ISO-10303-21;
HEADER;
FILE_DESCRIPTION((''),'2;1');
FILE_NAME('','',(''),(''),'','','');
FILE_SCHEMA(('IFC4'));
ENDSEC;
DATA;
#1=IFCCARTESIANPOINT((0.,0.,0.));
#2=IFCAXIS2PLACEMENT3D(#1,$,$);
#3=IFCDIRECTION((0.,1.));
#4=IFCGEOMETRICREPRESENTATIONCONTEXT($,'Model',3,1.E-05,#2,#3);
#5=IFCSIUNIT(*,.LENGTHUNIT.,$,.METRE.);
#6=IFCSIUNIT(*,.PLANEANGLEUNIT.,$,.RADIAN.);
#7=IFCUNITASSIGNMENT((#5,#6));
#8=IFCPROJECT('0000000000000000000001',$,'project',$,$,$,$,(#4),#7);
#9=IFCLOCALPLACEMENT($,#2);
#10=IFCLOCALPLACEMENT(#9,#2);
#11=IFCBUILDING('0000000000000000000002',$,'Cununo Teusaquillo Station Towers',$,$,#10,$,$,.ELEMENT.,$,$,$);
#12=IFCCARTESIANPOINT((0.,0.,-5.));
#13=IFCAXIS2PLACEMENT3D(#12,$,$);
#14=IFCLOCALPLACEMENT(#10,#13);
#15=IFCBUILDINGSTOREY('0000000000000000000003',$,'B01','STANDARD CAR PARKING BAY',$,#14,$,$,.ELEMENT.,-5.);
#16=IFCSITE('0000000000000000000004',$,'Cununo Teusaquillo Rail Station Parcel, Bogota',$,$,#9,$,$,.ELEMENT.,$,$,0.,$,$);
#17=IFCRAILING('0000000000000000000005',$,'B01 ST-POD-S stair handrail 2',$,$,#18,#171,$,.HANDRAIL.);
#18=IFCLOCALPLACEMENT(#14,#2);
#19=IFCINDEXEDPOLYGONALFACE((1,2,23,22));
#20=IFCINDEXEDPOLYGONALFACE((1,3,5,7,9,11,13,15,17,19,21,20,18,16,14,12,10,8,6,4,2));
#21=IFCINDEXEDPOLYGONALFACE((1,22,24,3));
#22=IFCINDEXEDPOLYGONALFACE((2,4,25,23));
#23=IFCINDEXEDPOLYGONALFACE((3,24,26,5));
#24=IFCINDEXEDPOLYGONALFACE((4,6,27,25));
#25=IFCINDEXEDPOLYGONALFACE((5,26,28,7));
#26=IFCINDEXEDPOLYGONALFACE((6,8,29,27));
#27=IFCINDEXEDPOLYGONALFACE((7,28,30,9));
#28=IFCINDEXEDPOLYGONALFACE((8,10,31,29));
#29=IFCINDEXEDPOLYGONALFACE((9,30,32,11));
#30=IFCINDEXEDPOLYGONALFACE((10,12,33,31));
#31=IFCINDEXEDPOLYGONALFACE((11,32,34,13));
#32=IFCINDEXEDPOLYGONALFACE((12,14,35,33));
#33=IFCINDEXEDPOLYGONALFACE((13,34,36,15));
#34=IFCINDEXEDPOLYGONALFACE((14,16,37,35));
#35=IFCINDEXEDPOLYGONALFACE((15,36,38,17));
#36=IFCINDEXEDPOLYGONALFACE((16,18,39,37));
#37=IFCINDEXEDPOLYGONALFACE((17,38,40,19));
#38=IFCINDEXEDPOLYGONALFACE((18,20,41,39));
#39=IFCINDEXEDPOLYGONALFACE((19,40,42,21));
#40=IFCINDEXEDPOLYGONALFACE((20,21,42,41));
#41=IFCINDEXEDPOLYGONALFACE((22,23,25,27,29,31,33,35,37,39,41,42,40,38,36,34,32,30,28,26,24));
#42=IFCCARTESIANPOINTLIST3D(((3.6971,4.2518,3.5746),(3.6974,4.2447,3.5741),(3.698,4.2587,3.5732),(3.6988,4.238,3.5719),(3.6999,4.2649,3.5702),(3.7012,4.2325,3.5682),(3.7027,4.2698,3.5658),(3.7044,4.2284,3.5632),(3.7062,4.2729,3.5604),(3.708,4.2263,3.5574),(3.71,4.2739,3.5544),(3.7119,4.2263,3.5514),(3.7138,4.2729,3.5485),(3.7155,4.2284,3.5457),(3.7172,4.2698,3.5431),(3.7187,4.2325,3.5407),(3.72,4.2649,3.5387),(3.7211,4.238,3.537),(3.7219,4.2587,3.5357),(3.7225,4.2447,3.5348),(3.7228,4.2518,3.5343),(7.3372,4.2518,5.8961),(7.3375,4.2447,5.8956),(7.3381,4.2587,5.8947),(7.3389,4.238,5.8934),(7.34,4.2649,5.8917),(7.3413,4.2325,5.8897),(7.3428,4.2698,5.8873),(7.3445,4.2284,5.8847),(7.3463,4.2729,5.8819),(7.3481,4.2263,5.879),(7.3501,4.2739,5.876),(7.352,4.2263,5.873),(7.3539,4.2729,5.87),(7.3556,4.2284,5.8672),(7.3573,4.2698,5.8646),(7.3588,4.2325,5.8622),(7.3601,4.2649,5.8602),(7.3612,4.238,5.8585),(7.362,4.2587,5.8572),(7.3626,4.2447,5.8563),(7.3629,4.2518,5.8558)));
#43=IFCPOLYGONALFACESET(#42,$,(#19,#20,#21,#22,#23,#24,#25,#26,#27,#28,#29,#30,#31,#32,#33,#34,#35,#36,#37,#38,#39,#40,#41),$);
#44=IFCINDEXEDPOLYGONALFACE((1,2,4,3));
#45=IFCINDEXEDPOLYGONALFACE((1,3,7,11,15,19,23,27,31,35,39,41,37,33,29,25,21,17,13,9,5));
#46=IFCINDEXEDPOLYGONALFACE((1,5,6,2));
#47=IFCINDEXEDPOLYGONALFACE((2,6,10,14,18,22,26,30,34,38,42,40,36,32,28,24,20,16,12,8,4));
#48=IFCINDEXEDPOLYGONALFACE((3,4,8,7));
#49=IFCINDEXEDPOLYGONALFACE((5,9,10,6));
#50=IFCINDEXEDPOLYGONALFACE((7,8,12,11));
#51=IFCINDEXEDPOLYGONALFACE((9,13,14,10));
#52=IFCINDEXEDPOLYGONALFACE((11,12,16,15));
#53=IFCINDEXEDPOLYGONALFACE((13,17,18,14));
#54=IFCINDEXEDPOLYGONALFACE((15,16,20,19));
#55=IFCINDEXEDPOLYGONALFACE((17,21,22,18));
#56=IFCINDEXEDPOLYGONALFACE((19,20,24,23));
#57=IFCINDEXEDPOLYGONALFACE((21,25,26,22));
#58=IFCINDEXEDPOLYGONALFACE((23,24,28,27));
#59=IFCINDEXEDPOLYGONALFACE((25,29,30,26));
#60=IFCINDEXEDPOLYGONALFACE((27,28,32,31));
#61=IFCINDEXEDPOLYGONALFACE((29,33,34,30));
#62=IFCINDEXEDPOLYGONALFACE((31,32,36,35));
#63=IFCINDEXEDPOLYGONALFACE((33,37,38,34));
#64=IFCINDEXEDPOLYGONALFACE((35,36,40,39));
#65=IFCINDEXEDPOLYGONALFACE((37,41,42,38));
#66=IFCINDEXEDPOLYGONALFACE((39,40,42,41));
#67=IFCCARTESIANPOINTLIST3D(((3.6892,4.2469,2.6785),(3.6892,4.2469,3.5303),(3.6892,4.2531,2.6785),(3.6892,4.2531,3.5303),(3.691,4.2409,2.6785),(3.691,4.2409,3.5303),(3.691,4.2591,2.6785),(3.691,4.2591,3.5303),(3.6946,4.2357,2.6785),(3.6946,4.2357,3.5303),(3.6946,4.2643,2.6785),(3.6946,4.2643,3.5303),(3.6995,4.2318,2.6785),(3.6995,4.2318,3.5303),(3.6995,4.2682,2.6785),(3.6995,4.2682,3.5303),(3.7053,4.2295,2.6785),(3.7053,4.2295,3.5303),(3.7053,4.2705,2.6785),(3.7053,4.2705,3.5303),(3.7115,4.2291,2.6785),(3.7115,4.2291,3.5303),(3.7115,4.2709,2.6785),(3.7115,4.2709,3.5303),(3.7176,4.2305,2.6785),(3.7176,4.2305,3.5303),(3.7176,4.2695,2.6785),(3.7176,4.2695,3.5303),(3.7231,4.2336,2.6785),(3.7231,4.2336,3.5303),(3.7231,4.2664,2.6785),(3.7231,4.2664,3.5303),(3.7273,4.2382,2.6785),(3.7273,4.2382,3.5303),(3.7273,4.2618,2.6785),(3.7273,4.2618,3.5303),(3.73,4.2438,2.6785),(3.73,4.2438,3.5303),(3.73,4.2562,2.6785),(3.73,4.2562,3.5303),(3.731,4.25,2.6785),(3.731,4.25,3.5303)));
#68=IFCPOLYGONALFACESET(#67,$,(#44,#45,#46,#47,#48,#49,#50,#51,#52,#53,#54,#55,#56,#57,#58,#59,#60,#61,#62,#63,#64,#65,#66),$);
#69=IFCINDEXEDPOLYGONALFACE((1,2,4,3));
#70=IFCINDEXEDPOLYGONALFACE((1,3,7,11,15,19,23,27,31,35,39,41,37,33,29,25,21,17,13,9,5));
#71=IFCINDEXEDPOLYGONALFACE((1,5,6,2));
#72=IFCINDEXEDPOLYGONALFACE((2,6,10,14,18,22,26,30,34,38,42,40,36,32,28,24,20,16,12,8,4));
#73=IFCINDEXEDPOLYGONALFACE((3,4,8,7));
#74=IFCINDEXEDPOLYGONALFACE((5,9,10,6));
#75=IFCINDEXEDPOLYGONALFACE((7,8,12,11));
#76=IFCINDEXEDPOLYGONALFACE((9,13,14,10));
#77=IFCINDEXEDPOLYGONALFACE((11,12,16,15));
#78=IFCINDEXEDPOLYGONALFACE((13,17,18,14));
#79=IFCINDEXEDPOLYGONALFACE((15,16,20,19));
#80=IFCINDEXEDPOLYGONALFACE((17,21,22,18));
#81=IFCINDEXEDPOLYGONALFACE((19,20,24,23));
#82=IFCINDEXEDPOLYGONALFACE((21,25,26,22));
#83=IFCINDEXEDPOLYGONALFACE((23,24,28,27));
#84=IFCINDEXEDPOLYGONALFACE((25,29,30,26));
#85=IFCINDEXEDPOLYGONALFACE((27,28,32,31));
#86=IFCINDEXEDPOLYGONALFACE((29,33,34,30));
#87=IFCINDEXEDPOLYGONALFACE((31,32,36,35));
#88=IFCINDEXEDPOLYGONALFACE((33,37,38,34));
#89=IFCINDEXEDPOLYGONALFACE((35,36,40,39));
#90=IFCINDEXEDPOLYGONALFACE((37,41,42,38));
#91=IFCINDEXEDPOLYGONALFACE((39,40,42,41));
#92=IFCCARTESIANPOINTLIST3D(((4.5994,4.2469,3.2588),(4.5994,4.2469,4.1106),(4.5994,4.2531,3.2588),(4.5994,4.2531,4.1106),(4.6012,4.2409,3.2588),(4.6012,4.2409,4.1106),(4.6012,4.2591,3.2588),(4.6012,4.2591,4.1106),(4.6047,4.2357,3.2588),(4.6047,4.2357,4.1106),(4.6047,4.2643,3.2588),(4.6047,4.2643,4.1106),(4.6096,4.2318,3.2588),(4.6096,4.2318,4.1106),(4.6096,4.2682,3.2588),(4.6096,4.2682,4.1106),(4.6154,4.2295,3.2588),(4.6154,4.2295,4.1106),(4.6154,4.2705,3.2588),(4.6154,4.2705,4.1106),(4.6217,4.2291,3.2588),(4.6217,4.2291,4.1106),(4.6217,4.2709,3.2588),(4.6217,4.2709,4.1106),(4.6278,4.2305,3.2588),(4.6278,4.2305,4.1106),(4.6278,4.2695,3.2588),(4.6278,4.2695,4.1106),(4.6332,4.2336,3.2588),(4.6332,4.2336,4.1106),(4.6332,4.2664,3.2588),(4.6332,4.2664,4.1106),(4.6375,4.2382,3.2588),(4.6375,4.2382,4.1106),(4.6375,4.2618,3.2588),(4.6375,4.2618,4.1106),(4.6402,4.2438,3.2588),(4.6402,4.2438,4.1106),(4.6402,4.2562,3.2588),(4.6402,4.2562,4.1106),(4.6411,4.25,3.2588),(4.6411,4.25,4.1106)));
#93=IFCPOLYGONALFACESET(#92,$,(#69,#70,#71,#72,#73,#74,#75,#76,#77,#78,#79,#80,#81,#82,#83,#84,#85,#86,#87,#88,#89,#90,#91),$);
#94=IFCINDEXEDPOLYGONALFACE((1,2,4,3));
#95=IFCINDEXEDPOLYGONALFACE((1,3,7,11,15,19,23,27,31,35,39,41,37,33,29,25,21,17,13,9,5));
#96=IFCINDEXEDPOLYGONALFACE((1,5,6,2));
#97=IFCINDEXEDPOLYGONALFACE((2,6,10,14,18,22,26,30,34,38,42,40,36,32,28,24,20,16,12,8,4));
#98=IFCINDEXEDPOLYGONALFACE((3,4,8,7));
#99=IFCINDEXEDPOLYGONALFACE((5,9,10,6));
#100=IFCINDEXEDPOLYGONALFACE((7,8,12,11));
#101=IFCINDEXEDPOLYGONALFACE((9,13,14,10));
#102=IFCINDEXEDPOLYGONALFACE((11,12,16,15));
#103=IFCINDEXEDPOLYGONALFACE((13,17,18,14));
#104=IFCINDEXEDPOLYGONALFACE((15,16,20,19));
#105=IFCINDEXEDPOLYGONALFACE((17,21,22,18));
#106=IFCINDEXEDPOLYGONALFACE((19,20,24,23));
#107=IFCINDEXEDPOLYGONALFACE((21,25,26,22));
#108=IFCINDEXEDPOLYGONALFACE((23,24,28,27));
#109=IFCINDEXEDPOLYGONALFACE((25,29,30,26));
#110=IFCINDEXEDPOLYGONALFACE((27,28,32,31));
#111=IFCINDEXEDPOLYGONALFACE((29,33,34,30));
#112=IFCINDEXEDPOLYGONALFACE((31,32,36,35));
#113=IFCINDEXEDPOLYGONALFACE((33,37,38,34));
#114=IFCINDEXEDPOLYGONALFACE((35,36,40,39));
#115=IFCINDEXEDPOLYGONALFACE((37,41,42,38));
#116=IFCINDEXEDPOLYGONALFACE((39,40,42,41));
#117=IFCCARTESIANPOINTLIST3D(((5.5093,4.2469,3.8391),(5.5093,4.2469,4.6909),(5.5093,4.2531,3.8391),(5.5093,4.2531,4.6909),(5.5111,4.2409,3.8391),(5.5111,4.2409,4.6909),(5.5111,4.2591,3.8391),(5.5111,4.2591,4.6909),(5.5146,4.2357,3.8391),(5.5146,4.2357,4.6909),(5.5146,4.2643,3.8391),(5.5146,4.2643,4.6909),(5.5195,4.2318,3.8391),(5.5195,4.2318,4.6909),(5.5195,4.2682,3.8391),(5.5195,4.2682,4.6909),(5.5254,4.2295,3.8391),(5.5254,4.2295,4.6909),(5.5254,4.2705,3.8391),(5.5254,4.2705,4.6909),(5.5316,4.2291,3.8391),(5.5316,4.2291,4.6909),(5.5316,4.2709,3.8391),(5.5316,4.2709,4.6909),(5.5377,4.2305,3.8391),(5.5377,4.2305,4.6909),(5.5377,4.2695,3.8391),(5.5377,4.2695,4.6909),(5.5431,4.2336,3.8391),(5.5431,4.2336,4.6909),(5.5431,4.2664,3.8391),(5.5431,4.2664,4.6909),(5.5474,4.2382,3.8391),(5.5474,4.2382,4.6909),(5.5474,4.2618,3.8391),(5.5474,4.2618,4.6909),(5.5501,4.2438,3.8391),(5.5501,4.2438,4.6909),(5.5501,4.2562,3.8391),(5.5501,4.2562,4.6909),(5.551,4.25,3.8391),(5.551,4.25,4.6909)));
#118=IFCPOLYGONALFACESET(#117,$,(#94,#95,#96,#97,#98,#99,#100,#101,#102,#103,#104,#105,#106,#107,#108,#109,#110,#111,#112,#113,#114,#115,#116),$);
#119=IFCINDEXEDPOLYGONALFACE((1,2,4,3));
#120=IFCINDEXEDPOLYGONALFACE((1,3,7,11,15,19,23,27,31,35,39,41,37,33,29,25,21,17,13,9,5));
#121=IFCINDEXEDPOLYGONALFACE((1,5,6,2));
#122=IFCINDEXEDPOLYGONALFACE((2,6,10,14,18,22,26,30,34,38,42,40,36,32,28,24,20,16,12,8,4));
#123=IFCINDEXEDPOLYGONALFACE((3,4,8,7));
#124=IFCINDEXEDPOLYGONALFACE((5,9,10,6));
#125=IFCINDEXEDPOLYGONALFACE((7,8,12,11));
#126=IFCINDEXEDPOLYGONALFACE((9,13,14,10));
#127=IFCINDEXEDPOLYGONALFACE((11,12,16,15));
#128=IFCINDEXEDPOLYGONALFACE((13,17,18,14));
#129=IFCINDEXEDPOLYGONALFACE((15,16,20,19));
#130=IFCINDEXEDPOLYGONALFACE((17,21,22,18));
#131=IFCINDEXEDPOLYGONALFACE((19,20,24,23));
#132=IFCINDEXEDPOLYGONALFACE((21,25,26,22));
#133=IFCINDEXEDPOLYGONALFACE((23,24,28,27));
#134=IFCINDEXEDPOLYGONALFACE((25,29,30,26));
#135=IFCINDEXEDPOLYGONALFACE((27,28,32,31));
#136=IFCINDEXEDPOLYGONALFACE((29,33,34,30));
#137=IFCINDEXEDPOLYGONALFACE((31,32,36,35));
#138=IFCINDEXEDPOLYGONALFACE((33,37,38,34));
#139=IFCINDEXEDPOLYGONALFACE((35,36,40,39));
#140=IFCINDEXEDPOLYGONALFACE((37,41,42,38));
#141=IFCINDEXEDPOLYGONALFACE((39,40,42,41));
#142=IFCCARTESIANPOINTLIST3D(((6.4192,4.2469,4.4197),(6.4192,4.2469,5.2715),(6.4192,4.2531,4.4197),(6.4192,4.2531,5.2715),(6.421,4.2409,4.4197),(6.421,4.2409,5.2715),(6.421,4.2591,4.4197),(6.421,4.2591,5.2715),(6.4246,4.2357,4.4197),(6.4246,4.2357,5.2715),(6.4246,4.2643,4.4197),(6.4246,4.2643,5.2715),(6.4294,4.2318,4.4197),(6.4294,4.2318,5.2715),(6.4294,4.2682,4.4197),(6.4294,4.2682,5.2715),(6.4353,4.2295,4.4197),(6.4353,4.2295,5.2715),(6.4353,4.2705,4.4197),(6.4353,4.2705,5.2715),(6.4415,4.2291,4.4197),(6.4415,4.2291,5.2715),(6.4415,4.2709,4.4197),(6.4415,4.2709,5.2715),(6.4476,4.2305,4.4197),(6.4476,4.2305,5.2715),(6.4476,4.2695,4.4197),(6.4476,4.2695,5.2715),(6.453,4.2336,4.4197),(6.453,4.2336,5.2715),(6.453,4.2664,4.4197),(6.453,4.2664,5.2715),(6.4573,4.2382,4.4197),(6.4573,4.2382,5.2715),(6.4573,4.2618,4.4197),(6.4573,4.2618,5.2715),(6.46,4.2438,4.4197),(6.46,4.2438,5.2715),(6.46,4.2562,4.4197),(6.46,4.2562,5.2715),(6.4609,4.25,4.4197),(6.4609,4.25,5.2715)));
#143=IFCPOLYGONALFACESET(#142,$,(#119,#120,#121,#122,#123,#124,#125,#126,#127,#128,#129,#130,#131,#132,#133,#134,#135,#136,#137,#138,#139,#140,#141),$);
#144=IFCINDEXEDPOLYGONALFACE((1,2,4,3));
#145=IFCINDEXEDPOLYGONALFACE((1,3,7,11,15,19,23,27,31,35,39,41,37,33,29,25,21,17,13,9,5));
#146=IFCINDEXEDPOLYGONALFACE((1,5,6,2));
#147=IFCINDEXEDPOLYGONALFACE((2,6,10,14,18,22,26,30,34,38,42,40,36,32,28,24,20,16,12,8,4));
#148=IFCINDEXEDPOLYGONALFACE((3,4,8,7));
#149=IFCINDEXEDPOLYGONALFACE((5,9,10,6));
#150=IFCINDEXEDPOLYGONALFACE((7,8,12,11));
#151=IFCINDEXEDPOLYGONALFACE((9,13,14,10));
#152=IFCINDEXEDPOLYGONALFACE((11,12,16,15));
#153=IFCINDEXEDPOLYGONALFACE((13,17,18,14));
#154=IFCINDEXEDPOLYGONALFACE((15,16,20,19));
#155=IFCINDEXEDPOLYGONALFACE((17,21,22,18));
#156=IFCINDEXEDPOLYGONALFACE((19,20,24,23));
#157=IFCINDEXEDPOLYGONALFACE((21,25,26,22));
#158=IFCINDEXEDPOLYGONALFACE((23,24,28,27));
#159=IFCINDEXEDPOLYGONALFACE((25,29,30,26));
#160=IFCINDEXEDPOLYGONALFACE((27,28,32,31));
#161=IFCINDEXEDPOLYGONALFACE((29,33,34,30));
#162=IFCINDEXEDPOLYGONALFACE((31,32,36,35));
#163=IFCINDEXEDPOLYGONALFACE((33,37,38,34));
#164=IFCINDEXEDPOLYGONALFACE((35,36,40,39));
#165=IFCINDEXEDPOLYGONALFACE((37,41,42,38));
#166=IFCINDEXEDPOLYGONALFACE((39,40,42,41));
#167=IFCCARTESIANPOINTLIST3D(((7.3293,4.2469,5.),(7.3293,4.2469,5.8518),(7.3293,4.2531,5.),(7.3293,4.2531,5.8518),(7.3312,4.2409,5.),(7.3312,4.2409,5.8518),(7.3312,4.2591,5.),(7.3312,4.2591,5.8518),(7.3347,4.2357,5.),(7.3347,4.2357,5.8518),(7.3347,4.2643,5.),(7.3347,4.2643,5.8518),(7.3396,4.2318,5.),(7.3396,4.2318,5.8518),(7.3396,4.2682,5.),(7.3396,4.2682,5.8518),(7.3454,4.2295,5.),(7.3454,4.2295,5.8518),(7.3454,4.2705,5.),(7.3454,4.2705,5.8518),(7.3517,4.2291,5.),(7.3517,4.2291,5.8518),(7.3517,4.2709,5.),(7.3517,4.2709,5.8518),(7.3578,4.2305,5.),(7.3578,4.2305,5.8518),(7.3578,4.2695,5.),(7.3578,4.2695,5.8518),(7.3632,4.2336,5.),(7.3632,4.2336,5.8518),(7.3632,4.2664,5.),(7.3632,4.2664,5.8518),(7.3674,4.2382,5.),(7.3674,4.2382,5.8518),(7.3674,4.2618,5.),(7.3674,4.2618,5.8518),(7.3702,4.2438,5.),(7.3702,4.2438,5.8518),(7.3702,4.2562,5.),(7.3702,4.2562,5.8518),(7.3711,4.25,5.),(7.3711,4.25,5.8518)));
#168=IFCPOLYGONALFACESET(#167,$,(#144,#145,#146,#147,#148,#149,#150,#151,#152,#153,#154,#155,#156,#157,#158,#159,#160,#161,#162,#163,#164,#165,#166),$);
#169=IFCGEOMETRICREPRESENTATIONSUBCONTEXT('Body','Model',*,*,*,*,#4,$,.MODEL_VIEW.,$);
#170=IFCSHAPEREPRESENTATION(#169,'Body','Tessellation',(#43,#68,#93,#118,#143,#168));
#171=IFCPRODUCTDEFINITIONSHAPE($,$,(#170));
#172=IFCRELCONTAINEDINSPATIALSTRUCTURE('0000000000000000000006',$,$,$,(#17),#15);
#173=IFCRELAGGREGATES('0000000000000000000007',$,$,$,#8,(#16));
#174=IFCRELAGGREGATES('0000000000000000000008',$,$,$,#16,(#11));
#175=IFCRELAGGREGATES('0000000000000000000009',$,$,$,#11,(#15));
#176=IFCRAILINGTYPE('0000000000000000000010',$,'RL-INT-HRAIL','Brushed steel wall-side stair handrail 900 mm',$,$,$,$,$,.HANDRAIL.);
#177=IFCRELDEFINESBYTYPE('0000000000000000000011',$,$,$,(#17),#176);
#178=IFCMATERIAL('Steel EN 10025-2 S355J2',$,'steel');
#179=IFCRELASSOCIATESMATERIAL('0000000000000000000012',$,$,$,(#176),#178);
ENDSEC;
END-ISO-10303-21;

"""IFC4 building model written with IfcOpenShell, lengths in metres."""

from ifc_helpers import new_model, si_unit, direction, frame, origin, origin_2d, place, context, subcontext, project, spatial, circle, extrude, material, type_object, element, save


model = new_model("IFC4")

# Units and contexts
model_context = context("Model", 3, precision=1e-05, world=origin(), true_north=direction((0.0, 1.0)))
body_context = subcontext(model_context, "Body", "Model", "MODEL_VIEW")
ifc_project = project(units=[si_unit("LENGTHUNIT", "METRE"), si_unit("PLANEANGLEUNIT", "RADIAN")], contexts=[model_context])

# Site, building, storey
site_placement = place(None, origin())
site = spatial("IfcSite", under=ifc_project, at=site_placement, Name="Cununo Teusaquillo Rail Station Parcel, Bogota", CompositionType="ELEMENT", RefElevation=0.0)
building_placement = place(site_placement, origin())
building = spatial("IfcBuilding", under=site, at=building_placement, Name="Cununo Teusaquillo Station Towers", CompositionType="ELEMENT")
storey_placement = place(building_placement, frame((0.0, 0.0, -5.0)))
storey = spatial("IfcBuildingStorey", under=building, at=storey_placement, Name="B01", Description="STANDARD CAR PARKING BAY", CompositionType="ELEMENT", Elevation=-5.0)

# Railing
ifc_material_1 = material(Name="Steel EN 10025-2 S355J2", Category="steel")
railing_type_1 = type_object("IfcRailingType", Name="RL-INT-HRAIL", Description="Brushed steel wall-side stair handrail 900 mm", PredefinedType="HANDRAIL", material=ifc_material_1)
railing_1_placement = place(storey_placement, frame((3.71, 4.25, 2.6785)))
element("IfcRailing", 1, at=railing_1_placement, inside=storey, type_object=railing_type_1, Name="B01 ST-POD-S stair handrail 2", PredefinedType="HANDRAIL", context=body_context, shape_type="SweptSolid", body=[
    extrude(circle(Radius=0.0239, at=origin_2d()), frame((0.0, 0.0, 0.876), z_axis=(0.843128, 0.0, 0.537713), x_axis=(0.0, 1.0, 0.0)), (0.0, 0.0, 1.0), 4.3174),
    extrude(circle(Radius=0.021, at=origin_2d()), origin(), (0.0, 0.0, 1.0), 0.8518),
    extrude(circle(Radius=0.021, at=origin_2d()), frame((0.9102, 0.0, 0.5803)), (0.0, 0.0, 1.0), 0.8518),
    extrude(circle(Radius=0.021, at=origin_2d()), frame((1.8201, 0.0, 1.1606)), (0.0, 0.0, 1.0), 0.8518),
    extrude(circle(Radius=0.021, at=origin_2d()), frame((2.73, 0.0, 1.7412)), (0.0, 0.0, 1.0), 0.8518),
    extrude(circle(Radius=0.021, at=origin_2d()), frame((3.6401, 0.0, 2.3215)), (0.0, 0.0, 1.0), 0.8518),
])

save(model, "model.ifc")
